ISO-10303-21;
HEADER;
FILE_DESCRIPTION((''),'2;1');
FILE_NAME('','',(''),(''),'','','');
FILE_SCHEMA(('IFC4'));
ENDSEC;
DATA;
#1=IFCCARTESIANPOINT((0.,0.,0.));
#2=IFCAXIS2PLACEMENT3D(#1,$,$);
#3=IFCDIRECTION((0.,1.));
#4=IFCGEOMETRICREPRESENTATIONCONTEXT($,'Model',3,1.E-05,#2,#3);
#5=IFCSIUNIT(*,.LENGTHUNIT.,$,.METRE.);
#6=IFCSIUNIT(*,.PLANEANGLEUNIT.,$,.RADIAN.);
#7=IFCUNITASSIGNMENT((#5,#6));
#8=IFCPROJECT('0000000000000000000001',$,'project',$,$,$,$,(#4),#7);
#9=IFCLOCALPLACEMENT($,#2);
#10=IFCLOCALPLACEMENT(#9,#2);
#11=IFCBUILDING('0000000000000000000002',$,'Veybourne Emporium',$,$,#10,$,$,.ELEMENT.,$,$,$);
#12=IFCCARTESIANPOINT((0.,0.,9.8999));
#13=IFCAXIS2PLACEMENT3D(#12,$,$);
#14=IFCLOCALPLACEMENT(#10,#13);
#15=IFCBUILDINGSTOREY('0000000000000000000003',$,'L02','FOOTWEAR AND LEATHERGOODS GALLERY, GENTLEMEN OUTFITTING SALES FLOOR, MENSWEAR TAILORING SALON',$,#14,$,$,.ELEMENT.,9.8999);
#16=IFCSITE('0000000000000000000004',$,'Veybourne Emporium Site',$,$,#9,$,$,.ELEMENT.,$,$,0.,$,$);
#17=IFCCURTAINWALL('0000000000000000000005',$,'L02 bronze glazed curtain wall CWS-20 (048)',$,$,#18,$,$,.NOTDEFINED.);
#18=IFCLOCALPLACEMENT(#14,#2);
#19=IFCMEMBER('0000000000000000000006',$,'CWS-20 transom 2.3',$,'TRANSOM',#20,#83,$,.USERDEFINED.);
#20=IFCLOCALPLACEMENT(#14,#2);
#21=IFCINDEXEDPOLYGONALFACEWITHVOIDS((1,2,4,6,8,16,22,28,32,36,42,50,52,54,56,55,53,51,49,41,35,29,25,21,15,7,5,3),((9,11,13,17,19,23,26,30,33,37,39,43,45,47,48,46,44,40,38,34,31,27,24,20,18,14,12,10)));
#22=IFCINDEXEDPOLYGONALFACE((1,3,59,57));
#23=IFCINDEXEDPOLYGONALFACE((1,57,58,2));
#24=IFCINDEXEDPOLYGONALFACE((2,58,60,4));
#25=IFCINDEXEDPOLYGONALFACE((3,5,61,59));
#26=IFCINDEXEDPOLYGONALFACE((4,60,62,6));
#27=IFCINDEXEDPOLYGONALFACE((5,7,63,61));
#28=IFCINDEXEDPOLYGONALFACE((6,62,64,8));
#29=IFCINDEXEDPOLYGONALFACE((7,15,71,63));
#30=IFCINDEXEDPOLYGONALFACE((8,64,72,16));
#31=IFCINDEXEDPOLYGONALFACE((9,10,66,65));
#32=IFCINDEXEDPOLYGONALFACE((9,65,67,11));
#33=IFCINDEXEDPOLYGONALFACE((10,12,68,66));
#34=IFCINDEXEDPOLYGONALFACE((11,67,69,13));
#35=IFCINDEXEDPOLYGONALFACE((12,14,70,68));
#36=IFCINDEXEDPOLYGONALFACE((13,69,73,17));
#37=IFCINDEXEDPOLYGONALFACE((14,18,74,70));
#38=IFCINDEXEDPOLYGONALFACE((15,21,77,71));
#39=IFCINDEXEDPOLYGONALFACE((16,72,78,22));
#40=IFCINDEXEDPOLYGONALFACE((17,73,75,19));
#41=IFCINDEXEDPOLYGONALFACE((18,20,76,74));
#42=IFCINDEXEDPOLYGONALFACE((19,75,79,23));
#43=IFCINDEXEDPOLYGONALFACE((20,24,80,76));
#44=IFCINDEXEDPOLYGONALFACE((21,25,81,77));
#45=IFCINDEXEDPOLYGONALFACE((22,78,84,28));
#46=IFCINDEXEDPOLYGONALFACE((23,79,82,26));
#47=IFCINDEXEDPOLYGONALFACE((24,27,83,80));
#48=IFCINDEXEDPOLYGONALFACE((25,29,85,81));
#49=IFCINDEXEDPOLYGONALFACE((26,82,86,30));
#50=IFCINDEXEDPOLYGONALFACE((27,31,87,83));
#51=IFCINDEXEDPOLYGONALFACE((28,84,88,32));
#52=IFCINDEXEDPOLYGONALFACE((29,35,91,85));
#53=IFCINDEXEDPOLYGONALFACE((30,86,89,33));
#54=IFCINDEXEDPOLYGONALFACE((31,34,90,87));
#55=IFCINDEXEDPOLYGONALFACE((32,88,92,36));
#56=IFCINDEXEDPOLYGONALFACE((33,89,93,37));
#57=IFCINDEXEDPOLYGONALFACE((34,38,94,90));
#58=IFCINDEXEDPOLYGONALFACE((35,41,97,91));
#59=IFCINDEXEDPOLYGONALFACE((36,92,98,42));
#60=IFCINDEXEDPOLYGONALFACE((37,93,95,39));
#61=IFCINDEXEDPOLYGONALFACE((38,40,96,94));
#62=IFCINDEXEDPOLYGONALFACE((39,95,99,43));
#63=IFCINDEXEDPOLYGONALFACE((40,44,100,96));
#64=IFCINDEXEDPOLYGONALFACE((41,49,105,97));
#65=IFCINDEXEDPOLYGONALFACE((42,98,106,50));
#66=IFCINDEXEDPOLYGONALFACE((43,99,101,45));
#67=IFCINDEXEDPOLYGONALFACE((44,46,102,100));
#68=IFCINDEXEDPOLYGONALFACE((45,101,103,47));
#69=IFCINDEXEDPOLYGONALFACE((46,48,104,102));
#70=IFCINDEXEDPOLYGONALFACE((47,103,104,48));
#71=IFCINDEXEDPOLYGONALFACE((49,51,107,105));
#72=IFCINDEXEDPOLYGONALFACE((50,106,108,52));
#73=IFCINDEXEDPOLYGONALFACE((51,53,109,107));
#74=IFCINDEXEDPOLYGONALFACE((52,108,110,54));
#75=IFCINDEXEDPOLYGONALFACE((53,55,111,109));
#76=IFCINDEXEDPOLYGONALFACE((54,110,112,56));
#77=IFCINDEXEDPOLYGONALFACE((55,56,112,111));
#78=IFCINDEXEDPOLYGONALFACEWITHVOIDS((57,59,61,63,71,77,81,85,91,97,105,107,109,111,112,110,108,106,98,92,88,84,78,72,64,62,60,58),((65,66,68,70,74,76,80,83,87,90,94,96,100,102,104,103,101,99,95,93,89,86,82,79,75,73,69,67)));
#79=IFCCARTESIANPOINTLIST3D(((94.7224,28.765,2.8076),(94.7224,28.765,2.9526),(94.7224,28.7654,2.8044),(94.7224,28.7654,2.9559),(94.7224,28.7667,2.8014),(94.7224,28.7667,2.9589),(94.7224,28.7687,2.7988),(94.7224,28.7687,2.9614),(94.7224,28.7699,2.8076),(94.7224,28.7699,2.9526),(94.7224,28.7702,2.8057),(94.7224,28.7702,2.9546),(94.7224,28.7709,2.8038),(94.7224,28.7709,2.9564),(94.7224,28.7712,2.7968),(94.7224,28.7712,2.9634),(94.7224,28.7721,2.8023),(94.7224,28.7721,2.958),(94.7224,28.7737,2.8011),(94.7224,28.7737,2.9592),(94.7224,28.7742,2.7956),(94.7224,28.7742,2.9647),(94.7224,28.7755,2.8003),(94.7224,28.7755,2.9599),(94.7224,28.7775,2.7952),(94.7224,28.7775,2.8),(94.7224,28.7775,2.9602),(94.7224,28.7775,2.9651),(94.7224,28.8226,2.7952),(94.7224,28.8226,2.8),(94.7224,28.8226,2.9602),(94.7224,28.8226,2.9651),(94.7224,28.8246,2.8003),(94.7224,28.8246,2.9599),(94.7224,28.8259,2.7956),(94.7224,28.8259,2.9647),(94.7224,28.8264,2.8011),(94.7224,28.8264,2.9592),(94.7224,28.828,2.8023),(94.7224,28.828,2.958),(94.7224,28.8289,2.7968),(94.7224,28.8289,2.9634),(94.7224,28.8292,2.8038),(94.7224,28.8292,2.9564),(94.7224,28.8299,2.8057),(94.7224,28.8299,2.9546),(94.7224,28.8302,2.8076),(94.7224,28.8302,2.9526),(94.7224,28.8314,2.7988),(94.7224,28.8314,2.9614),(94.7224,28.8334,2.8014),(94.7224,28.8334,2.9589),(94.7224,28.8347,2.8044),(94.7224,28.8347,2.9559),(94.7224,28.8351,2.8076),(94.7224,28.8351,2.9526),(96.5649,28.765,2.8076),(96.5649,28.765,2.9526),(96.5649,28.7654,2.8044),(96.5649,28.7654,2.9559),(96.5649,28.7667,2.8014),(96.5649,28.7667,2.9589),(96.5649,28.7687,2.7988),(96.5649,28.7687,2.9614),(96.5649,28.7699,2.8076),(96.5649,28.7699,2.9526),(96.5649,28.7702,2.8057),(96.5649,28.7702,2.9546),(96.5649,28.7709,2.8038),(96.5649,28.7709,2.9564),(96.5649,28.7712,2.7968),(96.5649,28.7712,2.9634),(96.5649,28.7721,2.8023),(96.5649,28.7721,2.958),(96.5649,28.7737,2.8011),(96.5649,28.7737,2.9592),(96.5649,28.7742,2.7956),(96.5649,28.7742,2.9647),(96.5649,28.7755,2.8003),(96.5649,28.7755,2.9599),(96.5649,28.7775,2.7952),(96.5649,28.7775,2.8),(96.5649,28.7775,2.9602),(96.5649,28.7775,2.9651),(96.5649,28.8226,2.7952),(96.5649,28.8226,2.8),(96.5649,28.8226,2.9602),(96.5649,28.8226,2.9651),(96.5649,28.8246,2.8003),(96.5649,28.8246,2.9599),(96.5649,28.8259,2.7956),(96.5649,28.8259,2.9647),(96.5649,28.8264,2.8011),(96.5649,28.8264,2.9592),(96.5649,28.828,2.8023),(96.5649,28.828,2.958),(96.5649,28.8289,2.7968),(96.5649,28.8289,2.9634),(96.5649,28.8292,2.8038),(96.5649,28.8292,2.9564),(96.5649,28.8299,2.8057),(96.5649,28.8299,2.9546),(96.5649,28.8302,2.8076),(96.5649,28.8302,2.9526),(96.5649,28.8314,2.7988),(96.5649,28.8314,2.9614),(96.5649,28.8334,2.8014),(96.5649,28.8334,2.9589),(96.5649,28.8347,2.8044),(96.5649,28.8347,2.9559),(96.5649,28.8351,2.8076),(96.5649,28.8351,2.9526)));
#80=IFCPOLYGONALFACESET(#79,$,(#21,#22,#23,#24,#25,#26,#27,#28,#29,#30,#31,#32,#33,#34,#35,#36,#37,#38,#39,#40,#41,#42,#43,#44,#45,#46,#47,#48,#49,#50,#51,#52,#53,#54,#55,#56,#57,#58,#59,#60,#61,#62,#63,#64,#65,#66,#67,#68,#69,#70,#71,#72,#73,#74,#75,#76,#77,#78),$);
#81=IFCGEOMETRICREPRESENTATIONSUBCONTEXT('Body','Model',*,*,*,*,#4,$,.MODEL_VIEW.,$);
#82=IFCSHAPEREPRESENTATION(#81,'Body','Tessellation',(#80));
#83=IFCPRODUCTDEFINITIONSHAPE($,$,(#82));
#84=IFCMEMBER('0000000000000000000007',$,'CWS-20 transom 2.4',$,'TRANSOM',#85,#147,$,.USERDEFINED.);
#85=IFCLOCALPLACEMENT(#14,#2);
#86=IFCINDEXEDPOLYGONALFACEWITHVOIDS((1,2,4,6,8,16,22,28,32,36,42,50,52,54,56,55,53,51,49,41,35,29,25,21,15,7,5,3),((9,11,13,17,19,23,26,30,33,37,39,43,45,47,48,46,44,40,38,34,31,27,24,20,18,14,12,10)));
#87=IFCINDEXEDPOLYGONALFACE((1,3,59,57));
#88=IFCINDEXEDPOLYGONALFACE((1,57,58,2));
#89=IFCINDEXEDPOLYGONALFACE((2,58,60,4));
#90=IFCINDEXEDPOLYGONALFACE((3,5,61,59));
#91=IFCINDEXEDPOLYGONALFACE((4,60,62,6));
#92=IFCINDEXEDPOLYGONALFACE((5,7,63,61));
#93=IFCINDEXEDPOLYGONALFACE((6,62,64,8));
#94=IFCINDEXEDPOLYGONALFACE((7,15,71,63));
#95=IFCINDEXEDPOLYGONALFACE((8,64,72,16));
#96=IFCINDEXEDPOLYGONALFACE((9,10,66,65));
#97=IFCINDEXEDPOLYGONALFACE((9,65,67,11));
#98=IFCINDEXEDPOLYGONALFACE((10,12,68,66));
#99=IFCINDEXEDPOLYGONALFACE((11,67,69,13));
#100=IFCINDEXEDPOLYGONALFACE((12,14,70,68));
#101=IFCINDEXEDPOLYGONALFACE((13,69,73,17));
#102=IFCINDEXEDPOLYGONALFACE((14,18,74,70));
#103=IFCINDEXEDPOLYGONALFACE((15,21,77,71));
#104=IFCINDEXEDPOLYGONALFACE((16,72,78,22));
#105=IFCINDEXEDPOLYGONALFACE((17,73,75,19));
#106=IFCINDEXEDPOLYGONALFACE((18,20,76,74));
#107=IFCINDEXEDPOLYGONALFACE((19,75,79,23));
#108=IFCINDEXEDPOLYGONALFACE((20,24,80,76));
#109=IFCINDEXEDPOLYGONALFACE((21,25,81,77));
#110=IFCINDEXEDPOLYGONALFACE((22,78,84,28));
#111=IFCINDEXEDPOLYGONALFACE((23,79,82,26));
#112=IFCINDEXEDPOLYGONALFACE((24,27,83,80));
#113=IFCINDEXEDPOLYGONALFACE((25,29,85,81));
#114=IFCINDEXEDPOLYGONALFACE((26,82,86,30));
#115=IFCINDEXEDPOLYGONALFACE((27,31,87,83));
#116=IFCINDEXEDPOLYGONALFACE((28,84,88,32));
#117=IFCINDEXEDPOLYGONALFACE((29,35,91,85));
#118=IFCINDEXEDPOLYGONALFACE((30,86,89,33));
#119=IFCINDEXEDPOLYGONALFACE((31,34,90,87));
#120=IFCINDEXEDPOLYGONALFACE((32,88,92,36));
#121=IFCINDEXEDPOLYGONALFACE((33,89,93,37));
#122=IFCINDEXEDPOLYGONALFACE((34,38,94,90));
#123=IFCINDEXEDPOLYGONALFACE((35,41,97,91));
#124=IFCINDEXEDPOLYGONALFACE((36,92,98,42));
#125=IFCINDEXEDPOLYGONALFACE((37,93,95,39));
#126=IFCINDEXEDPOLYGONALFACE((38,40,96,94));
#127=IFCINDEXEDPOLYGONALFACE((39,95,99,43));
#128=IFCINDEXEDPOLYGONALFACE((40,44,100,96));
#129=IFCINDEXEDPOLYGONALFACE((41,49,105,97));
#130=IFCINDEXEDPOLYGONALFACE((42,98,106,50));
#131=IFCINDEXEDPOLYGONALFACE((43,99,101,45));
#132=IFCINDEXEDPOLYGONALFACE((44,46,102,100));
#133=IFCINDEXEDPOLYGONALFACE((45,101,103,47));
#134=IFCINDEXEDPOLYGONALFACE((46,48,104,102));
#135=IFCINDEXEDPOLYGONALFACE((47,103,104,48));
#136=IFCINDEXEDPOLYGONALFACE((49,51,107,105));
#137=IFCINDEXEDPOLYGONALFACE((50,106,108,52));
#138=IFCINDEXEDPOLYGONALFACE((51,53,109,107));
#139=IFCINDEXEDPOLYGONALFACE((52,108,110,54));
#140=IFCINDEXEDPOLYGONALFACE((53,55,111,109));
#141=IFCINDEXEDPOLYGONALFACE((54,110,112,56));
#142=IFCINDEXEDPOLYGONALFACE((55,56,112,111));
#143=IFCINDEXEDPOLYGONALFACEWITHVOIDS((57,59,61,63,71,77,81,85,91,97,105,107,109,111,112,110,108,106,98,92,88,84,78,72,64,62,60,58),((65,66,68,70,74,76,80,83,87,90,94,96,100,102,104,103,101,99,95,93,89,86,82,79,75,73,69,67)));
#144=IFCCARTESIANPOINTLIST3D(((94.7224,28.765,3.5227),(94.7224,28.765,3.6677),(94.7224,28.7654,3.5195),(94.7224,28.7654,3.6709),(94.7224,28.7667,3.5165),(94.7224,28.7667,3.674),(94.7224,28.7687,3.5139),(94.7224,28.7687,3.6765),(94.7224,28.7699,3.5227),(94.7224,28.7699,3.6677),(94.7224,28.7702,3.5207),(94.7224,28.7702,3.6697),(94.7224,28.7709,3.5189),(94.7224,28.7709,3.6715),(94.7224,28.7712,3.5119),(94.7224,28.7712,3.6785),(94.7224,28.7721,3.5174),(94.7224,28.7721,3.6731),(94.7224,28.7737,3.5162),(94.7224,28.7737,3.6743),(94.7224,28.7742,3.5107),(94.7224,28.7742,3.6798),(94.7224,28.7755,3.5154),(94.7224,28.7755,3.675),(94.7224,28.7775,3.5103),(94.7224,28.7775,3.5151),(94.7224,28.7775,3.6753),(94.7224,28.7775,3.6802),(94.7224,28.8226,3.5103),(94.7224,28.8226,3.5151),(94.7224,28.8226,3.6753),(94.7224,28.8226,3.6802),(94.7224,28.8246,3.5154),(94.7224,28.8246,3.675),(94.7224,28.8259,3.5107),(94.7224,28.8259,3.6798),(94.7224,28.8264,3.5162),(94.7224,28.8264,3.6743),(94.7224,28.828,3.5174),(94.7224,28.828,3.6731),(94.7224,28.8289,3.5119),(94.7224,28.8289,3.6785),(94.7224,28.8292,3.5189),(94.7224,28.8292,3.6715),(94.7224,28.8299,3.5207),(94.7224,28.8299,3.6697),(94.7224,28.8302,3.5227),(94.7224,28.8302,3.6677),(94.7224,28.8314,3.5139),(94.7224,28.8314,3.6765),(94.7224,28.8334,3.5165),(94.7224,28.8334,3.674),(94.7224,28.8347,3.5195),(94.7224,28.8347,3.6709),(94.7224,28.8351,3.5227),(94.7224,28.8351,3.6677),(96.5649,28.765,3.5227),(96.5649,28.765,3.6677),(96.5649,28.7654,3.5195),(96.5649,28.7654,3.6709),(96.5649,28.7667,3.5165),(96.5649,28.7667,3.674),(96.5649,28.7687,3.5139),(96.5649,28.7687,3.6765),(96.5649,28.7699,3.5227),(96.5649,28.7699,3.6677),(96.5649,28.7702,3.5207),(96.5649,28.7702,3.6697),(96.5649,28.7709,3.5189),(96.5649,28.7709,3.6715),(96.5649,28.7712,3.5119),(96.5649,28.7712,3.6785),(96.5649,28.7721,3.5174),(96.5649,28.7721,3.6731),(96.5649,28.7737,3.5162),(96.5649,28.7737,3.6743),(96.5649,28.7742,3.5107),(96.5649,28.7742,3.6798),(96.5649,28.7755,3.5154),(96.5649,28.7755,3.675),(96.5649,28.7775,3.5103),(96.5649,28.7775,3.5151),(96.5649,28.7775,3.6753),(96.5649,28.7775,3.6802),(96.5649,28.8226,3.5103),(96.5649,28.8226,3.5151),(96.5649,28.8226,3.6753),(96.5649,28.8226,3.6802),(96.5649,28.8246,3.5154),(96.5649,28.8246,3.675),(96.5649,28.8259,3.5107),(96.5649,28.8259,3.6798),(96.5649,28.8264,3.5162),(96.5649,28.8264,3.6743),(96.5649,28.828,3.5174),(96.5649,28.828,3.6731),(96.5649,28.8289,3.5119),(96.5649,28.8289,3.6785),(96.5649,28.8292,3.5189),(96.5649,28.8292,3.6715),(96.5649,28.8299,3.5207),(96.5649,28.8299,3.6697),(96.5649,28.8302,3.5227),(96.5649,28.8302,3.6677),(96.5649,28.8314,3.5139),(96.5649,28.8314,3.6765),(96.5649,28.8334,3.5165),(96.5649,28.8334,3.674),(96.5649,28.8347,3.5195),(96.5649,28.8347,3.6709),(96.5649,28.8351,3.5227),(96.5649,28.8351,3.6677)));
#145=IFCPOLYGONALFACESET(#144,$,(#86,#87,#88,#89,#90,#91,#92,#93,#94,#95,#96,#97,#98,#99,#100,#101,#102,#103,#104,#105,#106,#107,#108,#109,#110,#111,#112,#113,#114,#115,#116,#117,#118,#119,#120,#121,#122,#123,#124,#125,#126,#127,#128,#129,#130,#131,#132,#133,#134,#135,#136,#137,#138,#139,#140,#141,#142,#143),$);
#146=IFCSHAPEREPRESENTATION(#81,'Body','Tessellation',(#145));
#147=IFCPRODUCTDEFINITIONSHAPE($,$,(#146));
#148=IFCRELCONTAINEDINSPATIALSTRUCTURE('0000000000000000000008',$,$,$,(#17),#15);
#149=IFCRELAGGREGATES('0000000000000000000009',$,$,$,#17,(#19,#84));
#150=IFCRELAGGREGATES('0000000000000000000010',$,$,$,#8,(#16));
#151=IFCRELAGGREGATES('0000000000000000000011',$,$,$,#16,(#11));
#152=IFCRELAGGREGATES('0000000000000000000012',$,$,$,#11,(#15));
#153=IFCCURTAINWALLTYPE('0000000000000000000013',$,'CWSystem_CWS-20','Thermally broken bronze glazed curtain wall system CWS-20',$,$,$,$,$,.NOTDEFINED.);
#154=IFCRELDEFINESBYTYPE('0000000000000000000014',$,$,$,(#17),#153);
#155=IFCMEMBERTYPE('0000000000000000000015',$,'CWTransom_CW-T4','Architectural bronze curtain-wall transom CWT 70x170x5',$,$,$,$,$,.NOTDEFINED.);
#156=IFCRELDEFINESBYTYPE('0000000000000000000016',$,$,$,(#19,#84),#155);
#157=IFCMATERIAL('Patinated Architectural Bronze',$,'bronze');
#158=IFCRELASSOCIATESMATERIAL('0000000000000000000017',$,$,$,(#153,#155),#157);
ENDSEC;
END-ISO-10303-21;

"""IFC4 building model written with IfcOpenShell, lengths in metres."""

from ifc_helpers import new_model, si_unit, direction, frame, origin, origin_2d, place, context, subcontext, project, spatial, hollow_rectangle, extrude, material, material_profile, profile_set, type_object, element, aggregate, save


model = new_model("IFC4")

# Units and contexts
model_context = context("Model", 3, precision=1e-05, world=origin(), true_north=direction((0.0, 1.0)))
body_context = subcontext(model_context, "Body", "Model", "MODEL_VIEW")
ifc_project = project(units=[si_unit("LENGTHUNIT", "METRE"), si_unit("PLANEANGLEUNIT", "RADIAN")], contexts=[model_context])

# Site, building, storey
site_placement = place(None, origin())
site = spatial("IfcSite", under=ifc_project, at=site_placement, Name="Veybourne Emporium Site", CompositionType="ELEMENT", RefElevation=0.0)
building_placement = place(site_placement, origin())
building = spatial("IfcBuilding", under=site, at=building_placement, Name="Veybourne Emporium", CompositionType="ELEMENT")
storey_placement = place(building_placement, frame((0.0, 0.0, 9.8999)))
storey = spatial("IfcBuildingStorey", under=building, at=storey_placement, Name="L02", Description="FOOTWEAR AND LEATHERGOODS GALLERY, GENTLEMEN OUTFITTING SALES FLOOR, MENSWEAR TAILORING SALON", CompositionType="ELEMENT", Elevation=9.8999)

# Curtain wall, members
ifc_material_1 = material(Name="Patinated Architectural Bronze", Category="bronze")
curtain_wall_type = type_object("IfcCurtainWallType", Name="CWSystem_CWS-20", Description="Thermally broken bronze glazed curtain wall system CWS-20", PredefinedType="NOTDEFINED", material=ifc_material_1)
curtain_wall_placement = place(storey_placement, origin())
curtain_wall = element("IfcCurtainWall", 1, at=curtain_wall_placement, inside=storey, type_object=curtain_wall_type, Name="L02 bronze glazed curtain wall CWS-20 (048)", PredefinedType="NOTDEFINED")
ifc_material_profile_1 = material_profile(ifc_material_1, hollow_rectangle(XDim=0.0701, YDim=0.1699, WallThickness=0.0049, InnerFilletRadius=0.0076, OuterFilletRadius=0.0125, at=origin_2d()), Name="CWT 70x170x5")
ifc_profile_set_1 = profile_set([ifc_material_profile_1], Name="Patinated Architectural Bronze")
member_type_1 = type_object("IfcMemberType", Name="CWTransom_CW-T4", Description="Architectural bronze curtain-wall transom CWT 70x170x5", PredefinedType="NOTDEFINED", material=ifc_profile_set_1)
member_1_placement = place(storey_placement, frame((94.7224, 28.8, 2.8801), z_axis=(1.0, 0.0, 0.0), x_axis=(0.0, 1.0, 0.0)))
member_1 = element("IfcMember", 2, at=member_1_placement, type_object=member_type_1, Name="CWS-20 transom 2.3", ObjectType="TRANSOM", PredefinedType="USERDEFINED", context=body_context, shape_type="SweptSolid", body=[
    extrude(hollow_rectangle(XDim=0.0701, YDim=0.1699, WallThickness=0.0049, InnerFilletRadius=0.0076, OuterFilletRadius=0.0125, at=origin_2d()), origin(), (0.0, 0.0, 1.0), 1.8425),
])
member_2_placement = place(storey_placement, frame((94.7224, 28.8, 3.5952), z_axis=(1.0, 0.0, 0.0), x_axis=(0.0, 1.0, 0.0)))
member_2 = element("IfcMember", 3, at=member_2_placement, type_object=member_type_1, Name="CWS-20 transom 2.4", ObjectType="TRANSOM", PredefinedType="USERDEFINED", context=body_context, shape_type="SweptSolid", body=[
    extrude(hollow_rectangle(XDim=0.0701, YDim=0.1699, WallThickness=0.0049, InnerFilletRadius=0.0076, OuterFilletRadius=0.0125, at=origin_2d()), origin(), (0.0, 0.0, 1.0), 1.8425),
])
aggregate(curtain_wall, [member_1, member_2])

save(model, "model.ifc")
